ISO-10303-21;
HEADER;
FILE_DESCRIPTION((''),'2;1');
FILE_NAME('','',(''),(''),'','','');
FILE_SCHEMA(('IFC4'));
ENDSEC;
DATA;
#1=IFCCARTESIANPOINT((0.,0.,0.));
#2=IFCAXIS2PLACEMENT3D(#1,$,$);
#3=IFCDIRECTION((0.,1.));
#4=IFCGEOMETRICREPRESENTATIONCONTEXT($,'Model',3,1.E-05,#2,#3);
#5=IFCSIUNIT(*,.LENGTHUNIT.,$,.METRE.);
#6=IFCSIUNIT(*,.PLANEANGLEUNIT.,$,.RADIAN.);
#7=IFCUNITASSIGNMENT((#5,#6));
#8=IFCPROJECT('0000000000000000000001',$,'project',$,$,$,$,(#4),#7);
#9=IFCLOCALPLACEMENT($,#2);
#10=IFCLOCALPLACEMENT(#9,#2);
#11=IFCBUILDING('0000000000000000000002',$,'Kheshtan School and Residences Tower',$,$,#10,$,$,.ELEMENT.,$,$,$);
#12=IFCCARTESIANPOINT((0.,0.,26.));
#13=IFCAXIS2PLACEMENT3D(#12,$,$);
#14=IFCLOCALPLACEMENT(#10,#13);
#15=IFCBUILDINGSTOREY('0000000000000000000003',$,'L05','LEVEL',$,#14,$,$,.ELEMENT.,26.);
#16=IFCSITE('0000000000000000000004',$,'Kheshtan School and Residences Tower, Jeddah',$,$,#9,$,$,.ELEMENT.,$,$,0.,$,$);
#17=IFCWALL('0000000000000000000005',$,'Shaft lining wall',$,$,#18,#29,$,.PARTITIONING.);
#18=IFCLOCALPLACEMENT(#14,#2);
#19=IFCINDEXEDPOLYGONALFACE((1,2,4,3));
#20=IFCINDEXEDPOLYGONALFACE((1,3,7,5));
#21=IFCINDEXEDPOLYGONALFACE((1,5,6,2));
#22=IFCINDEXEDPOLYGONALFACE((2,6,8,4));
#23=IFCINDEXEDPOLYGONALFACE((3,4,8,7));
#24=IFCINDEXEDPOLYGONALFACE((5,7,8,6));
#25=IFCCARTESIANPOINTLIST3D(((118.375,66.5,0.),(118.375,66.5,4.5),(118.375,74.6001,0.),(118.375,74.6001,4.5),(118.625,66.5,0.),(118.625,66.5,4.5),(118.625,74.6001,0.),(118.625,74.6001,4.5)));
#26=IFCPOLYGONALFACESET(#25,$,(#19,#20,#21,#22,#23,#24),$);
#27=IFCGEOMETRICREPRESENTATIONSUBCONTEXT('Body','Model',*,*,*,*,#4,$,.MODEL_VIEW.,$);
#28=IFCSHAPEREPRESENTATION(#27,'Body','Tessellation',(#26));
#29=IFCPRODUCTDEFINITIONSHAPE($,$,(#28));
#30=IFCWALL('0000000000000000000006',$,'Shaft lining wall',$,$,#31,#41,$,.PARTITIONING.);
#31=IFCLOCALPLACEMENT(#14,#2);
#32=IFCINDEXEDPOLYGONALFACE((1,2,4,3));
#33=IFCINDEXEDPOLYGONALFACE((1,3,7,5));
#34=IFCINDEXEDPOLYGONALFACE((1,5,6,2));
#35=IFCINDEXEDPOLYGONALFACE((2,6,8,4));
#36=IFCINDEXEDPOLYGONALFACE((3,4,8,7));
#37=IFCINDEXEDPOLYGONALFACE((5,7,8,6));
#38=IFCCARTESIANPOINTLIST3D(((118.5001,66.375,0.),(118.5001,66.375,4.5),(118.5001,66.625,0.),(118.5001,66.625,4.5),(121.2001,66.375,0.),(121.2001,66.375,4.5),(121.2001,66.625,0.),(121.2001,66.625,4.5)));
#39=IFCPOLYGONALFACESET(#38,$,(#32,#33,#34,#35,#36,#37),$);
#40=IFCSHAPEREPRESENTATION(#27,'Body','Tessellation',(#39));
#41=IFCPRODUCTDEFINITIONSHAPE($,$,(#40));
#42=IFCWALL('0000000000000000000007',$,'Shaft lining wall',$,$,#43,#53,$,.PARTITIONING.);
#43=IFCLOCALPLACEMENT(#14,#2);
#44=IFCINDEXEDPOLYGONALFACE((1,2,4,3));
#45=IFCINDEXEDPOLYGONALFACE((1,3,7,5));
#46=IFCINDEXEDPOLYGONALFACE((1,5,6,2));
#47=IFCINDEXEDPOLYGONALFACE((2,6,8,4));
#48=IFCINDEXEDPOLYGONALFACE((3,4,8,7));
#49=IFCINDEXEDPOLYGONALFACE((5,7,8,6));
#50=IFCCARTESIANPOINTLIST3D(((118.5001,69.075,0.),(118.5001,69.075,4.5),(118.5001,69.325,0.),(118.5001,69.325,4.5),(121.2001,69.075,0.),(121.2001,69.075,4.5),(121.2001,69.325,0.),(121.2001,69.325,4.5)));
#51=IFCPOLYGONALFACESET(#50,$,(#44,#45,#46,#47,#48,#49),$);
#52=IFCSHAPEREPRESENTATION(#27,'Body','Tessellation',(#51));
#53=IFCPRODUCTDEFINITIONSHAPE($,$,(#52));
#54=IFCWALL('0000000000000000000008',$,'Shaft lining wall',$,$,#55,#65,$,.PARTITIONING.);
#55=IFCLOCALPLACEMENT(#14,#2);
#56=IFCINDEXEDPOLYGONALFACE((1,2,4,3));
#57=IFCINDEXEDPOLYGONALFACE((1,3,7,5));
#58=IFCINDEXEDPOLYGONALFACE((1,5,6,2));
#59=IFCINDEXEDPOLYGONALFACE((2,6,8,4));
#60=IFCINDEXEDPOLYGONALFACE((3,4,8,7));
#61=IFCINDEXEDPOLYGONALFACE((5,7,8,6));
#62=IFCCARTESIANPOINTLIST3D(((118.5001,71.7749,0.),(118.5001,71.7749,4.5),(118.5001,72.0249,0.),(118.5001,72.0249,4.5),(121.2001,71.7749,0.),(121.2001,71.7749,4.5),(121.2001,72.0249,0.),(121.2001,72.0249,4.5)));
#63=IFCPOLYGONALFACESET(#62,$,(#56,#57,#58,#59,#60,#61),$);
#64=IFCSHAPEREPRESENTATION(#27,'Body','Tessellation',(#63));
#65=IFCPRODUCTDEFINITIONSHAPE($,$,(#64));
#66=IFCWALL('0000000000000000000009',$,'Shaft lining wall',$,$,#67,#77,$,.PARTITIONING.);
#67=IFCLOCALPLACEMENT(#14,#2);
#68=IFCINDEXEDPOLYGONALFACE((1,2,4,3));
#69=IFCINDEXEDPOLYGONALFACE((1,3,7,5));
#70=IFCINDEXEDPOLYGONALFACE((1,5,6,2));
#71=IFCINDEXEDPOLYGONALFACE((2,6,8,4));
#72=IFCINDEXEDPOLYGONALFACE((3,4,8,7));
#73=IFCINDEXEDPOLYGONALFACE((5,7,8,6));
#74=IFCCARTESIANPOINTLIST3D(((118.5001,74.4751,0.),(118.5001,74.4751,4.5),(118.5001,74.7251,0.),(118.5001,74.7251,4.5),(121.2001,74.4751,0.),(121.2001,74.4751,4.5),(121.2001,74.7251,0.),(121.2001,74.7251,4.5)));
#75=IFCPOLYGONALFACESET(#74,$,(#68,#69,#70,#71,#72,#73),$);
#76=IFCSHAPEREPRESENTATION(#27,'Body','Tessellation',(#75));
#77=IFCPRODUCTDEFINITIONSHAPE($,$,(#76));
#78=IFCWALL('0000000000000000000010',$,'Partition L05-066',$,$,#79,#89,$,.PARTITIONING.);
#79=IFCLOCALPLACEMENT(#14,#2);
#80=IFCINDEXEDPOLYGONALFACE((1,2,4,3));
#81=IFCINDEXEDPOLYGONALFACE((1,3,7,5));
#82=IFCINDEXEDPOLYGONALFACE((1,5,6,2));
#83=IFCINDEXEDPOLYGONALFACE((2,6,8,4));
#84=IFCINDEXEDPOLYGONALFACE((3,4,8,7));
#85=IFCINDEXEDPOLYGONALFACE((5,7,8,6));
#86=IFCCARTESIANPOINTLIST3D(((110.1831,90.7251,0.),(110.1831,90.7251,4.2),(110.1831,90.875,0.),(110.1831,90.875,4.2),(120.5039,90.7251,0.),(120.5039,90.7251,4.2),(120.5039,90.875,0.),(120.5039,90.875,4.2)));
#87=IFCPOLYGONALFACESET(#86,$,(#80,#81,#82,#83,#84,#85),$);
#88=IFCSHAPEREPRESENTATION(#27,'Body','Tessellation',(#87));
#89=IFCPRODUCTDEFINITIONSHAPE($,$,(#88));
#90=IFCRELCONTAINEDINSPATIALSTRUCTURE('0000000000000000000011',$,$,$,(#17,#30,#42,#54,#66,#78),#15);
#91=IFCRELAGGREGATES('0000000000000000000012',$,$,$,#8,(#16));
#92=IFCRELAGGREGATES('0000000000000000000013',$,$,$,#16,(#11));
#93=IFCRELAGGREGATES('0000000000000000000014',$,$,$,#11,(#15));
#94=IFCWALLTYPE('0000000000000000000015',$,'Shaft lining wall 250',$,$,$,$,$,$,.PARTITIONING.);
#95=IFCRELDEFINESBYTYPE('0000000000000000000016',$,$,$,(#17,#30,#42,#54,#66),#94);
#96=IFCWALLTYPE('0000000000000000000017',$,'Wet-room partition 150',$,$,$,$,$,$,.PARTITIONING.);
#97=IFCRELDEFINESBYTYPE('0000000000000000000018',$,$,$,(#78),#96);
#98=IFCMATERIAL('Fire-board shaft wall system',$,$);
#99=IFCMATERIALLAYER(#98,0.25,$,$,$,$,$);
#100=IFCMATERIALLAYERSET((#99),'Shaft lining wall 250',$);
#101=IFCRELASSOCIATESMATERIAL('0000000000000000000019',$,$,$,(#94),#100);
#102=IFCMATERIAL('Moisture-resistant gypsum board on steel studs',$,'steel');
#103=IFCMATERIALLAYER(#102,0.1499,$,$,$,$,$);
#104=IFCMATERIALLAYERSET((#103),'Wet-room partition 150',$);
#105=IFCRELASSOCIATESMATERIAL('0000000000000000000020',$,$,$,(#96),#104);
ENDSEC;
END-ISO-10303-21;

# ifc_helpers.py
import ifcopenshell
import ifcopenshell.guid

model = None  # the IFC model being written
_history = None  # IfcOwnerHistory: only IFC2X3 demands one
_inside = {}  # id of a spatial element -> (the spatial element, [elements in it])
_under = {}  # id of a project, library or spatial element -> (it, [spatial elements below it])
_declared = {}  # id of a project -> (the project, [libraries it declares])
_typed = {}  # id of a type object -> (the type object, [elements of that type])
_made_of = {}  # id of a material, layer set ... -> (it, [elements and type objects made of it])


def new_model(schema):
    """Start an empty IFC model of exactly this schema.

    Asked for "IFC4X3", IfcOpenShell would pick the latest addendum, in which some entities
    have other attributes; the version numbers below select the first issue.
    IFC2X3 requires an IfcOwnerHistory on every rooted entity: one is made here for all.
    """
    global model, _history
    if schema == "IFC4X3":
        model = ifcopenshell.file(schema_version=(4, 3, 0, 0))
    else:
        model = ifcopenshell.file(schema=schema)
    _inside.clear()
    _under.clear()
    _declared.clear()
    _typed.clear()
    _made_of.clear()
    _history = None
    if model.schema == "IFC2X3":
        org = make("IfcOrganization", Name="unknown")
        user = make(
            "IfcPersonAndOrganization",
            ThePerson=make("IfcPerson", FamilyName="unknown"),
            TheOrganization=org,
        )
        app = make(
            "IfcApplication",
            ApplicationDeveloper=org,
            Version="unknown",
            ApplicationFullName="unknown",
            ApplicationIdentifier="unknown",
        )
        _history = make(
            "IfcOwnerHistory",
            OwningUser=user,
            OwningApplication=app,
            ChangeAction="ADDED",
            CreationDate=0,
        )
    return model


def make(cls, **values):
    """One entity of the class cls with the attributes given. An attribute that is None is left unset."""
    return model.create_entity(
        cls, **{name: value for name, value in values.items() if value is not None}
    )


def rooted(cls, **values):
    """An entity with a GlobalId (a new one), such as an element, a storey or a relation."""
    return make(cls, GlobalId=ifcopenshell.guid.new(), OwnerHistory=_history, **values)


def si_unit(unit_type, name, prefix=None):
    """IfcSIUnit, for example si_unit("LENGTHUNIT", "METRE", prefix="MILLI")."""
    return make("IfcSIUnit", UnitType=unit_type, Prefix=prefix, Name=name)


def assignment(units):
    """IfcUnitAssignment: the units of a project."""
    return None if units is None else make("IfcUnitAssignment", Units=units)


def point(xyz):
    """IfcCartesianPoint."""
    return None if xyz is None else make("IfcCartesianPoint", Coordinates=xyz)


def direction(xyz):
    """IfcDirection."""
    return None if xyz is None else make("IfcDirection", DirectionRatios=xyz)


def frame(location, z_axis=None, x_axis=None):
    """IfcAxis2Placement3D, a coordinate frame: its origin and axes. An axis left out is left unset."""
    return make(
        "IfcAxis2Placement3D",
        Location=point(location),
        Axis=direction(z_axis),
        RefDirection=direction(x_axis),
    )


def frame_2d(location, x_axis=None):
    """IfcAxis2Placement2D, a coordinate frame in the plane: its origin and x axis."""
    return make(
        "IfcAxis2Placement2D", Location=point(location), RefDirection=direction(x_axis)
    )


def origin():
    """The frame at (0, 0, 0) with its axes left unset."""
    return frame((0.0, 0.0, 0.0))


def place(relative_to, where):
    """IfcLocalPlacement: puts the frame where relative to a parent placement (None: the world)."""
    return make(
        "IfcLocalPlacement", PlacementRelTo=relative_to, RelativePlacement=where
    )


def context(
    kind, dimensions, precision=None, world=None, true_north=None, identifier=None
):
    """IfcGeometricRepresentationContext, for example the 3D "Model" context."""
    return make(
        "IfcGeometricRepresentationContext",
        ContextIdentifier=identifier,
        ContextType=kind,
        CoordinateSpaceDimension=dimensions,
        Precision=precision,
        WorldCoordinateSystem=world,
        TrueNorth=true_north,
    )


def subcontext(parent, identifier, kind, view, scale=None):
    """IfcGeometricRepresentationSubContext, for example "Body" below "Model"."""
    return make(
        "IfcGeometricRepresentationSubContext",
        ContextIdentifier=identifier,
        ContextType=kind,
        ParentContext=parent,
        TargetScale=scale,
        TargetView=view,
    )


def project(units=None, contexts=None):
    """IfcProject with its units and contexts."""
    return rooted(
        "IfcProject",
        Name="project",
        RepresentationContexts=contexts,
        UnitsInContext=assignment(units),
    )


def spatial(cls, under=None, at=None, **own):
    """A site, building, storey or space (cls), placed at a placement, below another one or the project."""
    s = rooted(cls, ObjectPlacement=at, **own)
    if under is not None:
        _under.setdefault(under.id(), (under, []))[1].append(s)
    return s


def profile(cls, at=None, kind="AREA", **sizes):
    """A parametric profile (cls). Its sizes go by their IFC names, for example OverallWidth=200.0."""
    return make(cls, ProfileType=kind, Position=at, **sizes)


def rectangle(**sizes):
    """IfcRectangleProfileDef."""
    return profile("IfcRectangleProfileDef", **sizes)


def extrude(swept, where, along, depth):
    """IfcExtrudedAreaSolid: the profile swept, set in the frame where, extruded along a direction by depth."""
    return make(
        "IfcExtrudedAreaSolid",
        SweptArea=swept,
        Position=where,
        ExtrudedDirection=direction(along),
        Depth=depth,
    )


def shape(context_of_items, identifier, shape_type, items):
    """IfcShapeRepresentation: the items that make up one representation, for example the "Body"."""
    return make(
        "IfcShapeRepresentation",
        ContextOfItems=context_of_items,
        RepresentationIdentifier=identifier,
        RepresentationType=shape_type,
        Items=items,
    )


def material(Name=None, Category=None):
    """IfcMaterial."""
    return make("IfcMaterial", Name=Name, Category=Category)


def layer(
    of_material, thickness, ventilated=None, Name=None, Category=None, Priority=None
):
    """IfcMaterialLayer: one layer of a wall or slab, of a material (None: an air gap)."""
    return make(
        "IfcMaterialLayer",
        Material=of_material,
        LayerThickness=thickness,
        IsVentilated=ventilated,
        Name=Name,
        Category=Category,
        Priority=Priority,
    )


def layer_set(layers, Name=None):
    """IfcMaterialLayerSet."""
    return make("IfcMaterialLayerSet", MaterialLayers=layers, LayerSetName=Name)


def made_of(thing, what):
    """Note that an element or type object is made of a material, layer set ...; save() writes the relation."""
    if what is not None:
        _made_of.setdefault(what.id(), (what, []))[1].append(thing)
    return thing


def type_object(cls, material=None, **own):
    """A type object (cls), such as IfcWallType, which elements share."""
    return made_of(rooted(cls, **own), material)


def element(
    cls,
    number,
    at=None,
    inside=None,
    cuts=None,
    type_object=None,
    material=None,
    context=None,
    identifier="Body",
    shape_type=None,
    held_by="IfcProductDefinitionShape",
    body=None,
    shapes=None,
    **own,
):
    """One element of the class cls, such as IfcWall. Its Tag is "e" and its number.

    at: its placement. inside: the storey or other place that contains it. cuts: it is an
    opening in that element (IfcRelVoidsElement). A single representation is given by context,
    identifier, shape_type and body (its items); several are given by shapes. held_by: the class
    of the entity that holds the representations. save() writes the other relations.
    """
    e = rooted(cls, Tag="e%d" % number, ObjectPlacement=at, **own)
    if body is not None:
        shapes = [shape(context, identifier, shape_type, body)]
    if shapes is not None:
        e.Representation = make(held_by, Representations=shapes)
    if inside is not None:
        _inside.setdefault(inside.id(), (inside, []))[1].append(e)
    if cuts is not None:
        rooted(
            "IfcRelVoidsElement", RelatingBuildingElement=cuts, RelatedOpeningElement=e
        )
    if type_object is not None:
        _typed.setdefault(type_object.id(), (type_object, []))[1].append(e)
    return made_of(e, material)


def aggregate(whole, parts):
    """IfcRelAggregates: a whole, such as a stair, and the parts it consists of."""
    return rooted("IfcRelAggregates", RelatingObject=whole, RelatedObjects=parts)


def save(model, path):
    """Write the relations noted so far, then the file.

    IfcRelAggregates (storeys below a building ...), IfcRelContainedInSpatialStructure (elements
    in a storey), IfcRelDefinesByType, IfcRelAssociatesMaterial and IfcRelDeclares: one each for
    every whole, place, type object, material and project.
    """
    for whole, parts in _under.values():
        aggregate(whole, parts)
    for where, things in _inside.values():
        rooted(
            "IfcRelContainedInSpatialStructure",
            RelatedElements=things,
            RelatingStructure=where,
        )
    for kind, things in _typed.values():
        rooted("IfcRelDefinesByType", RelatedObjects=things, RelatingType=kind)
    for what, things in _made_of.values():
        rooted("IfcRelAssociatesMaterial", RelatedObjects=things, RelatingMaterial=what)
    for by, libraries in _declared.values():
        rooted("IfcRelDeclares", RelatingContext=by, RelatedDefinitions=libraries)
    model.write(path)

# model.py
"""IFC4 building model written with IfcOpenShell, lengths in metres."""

from ifc_helpers import new_model, si_unit, direction, frame, frame_2d, origin, place, context, subcontext, project, spatial, rectangle, extrude, material, layer, layer_set, type_object, element, save


model = new_model("IFC4")

# Units and contexts
model_context = context("Model", 3, precision=1e-05, world=origin(), true_north=direction((0.0, 1.0)))
body_context = subcontext(model_context, "Body", "Model", "MODEL_VIEW")
ifc_project = project(units=[si_unit("LENGTHUNIT", "METRE"), si_unit("PLANEANGLEUNIT", "RADIAN")], contexts=[model_context])

# Site, building, storey
site_placement = place(None, origin())
site = spatial("IfcSite", under=ifc_project, at=site_placement, Name="Kheshtan School and Residences Tower, Jeddah", CompositionType="ELEMENT", RefElevation=0.0)
building_placement = place(site_placement, origin())
building = spatial("IfcBuilding", under=site, at=building_placement, Name="Kheshtan School and Residences Tower", CompositionType="ELEMENT")
storey_placement = place(building_placement, frame((0.0, 0.0, 26.0)))
storey = spatial("IfcBuildingStorey", under=building, at=storey_placement, Name="L05", Description="LEVEL", CompositionType="ELEMENT", Elevation=26.0)

# Walls
ifc_material_1 = material(Name="Fire-board shaft wall system")
ifc_layer_1 = layer(ifc_material_1, 0.25)
ifc_layer_set_1 = layer_set([ifc_layer_1], Name="Shaft lining wall 250")
wall_type_1 = type_object("IfcWallType", Name="Shaft lining wall 250", PredefinedType="PARTITIONING", material=ifc_layer_set_1)
wall_1_placement = place(storey_placement, frame((118.5, 66.5, 0.0), z_axis=(0.0, 0.0, 1.0), x_axis=(0.0, 1.0, 0.0)))
element("IfcWall", 1, at=wall_1_placement, inside=storey, type_object=wall_type_1, Name="Shaft lining wall", PredefinedType="PARTITIONING", context=body_context, shape_type="SweptSolid", body=[
    extrude(rectangle(XDim=8.1001, YDim=0.25, at=frame_2d((4.05, 0.0))), origin(), (0.0, 0.0, 1.0), 4.5),
])
for number, where, z_axis, x_axis, name in (
    (2, (118.5, 66.5, 0.0), (0.0, 0.0, 1.0), (1.0, 0.0, 0.0), "Shaft lining wall"),
    (3, (118.5, 69.2, 0.0), (0.0, 0.0, 1.0), (1.0, 0.0, 0.0), "Shaft lining wall"),
    (4, (118.5, 71.8999, 0.0), (0.0, 0.0, 1.0), (1.0, 0.0, 0.0), "Shaft lining wall"),
    (5, (118.5, 74.6001, 0.0), (0.0, 0.0, 1.0), (1.0, 0.0, 0.0), "Shaft lining wall"),
):
    element("IfcWall", number, at=place(storey_placement, frame(where, z_axis=z_axis, x_axis=x_axis)), inside=storey, type_object=wall_type_1, Name=name, PredefinedType="PARTITIONING", context=body_context, shape_type="SweptSolid", body=[
        extrude(rectangle(XDim=2.7, YDim=0.25, at=frame_2d((1.3501, 0.0))), origin(), (0.0, 0.0, 1.0), 4.5),
    ])
ifc_material_2 = material(Name="Moisture-resistant gypsum board on steel studs", Category="steel")
ifc_layer_2 = layer(ifc_material_2, 0.1499)
ifc_layer_set_2 = layer_set([ifc_layer_2], Name="Wet-room partition 150")
wall_type_2 = type_object("IfcWallType", Name="Wet-room partition 150", PredefinedType="PARTITIONING", material=ifc_layer_set_2)
wall_2_placement = place(storey_placement, frame((110.1831, 90.8, 0.0), z_axis=(0.0, 0.0, 1.0), x_axis=(1.0, 0.0, 0.0)))
element("IfcWall", 6, at=wall_2_placement, inside=storey, type_object=wall_type_2, Name="Partition L05-066", PredefinedType="PARTITIONING", context=body_context, shape_type="SweptSolid", body=[
    extrude(rectangle(XDim=10.3208, YDim=0.1499, at=frame_2d((5.1604, 0.0))), origin(), (0.0, 0.0, 1.0), 4.2),
])

save(model, "model.ifc")
